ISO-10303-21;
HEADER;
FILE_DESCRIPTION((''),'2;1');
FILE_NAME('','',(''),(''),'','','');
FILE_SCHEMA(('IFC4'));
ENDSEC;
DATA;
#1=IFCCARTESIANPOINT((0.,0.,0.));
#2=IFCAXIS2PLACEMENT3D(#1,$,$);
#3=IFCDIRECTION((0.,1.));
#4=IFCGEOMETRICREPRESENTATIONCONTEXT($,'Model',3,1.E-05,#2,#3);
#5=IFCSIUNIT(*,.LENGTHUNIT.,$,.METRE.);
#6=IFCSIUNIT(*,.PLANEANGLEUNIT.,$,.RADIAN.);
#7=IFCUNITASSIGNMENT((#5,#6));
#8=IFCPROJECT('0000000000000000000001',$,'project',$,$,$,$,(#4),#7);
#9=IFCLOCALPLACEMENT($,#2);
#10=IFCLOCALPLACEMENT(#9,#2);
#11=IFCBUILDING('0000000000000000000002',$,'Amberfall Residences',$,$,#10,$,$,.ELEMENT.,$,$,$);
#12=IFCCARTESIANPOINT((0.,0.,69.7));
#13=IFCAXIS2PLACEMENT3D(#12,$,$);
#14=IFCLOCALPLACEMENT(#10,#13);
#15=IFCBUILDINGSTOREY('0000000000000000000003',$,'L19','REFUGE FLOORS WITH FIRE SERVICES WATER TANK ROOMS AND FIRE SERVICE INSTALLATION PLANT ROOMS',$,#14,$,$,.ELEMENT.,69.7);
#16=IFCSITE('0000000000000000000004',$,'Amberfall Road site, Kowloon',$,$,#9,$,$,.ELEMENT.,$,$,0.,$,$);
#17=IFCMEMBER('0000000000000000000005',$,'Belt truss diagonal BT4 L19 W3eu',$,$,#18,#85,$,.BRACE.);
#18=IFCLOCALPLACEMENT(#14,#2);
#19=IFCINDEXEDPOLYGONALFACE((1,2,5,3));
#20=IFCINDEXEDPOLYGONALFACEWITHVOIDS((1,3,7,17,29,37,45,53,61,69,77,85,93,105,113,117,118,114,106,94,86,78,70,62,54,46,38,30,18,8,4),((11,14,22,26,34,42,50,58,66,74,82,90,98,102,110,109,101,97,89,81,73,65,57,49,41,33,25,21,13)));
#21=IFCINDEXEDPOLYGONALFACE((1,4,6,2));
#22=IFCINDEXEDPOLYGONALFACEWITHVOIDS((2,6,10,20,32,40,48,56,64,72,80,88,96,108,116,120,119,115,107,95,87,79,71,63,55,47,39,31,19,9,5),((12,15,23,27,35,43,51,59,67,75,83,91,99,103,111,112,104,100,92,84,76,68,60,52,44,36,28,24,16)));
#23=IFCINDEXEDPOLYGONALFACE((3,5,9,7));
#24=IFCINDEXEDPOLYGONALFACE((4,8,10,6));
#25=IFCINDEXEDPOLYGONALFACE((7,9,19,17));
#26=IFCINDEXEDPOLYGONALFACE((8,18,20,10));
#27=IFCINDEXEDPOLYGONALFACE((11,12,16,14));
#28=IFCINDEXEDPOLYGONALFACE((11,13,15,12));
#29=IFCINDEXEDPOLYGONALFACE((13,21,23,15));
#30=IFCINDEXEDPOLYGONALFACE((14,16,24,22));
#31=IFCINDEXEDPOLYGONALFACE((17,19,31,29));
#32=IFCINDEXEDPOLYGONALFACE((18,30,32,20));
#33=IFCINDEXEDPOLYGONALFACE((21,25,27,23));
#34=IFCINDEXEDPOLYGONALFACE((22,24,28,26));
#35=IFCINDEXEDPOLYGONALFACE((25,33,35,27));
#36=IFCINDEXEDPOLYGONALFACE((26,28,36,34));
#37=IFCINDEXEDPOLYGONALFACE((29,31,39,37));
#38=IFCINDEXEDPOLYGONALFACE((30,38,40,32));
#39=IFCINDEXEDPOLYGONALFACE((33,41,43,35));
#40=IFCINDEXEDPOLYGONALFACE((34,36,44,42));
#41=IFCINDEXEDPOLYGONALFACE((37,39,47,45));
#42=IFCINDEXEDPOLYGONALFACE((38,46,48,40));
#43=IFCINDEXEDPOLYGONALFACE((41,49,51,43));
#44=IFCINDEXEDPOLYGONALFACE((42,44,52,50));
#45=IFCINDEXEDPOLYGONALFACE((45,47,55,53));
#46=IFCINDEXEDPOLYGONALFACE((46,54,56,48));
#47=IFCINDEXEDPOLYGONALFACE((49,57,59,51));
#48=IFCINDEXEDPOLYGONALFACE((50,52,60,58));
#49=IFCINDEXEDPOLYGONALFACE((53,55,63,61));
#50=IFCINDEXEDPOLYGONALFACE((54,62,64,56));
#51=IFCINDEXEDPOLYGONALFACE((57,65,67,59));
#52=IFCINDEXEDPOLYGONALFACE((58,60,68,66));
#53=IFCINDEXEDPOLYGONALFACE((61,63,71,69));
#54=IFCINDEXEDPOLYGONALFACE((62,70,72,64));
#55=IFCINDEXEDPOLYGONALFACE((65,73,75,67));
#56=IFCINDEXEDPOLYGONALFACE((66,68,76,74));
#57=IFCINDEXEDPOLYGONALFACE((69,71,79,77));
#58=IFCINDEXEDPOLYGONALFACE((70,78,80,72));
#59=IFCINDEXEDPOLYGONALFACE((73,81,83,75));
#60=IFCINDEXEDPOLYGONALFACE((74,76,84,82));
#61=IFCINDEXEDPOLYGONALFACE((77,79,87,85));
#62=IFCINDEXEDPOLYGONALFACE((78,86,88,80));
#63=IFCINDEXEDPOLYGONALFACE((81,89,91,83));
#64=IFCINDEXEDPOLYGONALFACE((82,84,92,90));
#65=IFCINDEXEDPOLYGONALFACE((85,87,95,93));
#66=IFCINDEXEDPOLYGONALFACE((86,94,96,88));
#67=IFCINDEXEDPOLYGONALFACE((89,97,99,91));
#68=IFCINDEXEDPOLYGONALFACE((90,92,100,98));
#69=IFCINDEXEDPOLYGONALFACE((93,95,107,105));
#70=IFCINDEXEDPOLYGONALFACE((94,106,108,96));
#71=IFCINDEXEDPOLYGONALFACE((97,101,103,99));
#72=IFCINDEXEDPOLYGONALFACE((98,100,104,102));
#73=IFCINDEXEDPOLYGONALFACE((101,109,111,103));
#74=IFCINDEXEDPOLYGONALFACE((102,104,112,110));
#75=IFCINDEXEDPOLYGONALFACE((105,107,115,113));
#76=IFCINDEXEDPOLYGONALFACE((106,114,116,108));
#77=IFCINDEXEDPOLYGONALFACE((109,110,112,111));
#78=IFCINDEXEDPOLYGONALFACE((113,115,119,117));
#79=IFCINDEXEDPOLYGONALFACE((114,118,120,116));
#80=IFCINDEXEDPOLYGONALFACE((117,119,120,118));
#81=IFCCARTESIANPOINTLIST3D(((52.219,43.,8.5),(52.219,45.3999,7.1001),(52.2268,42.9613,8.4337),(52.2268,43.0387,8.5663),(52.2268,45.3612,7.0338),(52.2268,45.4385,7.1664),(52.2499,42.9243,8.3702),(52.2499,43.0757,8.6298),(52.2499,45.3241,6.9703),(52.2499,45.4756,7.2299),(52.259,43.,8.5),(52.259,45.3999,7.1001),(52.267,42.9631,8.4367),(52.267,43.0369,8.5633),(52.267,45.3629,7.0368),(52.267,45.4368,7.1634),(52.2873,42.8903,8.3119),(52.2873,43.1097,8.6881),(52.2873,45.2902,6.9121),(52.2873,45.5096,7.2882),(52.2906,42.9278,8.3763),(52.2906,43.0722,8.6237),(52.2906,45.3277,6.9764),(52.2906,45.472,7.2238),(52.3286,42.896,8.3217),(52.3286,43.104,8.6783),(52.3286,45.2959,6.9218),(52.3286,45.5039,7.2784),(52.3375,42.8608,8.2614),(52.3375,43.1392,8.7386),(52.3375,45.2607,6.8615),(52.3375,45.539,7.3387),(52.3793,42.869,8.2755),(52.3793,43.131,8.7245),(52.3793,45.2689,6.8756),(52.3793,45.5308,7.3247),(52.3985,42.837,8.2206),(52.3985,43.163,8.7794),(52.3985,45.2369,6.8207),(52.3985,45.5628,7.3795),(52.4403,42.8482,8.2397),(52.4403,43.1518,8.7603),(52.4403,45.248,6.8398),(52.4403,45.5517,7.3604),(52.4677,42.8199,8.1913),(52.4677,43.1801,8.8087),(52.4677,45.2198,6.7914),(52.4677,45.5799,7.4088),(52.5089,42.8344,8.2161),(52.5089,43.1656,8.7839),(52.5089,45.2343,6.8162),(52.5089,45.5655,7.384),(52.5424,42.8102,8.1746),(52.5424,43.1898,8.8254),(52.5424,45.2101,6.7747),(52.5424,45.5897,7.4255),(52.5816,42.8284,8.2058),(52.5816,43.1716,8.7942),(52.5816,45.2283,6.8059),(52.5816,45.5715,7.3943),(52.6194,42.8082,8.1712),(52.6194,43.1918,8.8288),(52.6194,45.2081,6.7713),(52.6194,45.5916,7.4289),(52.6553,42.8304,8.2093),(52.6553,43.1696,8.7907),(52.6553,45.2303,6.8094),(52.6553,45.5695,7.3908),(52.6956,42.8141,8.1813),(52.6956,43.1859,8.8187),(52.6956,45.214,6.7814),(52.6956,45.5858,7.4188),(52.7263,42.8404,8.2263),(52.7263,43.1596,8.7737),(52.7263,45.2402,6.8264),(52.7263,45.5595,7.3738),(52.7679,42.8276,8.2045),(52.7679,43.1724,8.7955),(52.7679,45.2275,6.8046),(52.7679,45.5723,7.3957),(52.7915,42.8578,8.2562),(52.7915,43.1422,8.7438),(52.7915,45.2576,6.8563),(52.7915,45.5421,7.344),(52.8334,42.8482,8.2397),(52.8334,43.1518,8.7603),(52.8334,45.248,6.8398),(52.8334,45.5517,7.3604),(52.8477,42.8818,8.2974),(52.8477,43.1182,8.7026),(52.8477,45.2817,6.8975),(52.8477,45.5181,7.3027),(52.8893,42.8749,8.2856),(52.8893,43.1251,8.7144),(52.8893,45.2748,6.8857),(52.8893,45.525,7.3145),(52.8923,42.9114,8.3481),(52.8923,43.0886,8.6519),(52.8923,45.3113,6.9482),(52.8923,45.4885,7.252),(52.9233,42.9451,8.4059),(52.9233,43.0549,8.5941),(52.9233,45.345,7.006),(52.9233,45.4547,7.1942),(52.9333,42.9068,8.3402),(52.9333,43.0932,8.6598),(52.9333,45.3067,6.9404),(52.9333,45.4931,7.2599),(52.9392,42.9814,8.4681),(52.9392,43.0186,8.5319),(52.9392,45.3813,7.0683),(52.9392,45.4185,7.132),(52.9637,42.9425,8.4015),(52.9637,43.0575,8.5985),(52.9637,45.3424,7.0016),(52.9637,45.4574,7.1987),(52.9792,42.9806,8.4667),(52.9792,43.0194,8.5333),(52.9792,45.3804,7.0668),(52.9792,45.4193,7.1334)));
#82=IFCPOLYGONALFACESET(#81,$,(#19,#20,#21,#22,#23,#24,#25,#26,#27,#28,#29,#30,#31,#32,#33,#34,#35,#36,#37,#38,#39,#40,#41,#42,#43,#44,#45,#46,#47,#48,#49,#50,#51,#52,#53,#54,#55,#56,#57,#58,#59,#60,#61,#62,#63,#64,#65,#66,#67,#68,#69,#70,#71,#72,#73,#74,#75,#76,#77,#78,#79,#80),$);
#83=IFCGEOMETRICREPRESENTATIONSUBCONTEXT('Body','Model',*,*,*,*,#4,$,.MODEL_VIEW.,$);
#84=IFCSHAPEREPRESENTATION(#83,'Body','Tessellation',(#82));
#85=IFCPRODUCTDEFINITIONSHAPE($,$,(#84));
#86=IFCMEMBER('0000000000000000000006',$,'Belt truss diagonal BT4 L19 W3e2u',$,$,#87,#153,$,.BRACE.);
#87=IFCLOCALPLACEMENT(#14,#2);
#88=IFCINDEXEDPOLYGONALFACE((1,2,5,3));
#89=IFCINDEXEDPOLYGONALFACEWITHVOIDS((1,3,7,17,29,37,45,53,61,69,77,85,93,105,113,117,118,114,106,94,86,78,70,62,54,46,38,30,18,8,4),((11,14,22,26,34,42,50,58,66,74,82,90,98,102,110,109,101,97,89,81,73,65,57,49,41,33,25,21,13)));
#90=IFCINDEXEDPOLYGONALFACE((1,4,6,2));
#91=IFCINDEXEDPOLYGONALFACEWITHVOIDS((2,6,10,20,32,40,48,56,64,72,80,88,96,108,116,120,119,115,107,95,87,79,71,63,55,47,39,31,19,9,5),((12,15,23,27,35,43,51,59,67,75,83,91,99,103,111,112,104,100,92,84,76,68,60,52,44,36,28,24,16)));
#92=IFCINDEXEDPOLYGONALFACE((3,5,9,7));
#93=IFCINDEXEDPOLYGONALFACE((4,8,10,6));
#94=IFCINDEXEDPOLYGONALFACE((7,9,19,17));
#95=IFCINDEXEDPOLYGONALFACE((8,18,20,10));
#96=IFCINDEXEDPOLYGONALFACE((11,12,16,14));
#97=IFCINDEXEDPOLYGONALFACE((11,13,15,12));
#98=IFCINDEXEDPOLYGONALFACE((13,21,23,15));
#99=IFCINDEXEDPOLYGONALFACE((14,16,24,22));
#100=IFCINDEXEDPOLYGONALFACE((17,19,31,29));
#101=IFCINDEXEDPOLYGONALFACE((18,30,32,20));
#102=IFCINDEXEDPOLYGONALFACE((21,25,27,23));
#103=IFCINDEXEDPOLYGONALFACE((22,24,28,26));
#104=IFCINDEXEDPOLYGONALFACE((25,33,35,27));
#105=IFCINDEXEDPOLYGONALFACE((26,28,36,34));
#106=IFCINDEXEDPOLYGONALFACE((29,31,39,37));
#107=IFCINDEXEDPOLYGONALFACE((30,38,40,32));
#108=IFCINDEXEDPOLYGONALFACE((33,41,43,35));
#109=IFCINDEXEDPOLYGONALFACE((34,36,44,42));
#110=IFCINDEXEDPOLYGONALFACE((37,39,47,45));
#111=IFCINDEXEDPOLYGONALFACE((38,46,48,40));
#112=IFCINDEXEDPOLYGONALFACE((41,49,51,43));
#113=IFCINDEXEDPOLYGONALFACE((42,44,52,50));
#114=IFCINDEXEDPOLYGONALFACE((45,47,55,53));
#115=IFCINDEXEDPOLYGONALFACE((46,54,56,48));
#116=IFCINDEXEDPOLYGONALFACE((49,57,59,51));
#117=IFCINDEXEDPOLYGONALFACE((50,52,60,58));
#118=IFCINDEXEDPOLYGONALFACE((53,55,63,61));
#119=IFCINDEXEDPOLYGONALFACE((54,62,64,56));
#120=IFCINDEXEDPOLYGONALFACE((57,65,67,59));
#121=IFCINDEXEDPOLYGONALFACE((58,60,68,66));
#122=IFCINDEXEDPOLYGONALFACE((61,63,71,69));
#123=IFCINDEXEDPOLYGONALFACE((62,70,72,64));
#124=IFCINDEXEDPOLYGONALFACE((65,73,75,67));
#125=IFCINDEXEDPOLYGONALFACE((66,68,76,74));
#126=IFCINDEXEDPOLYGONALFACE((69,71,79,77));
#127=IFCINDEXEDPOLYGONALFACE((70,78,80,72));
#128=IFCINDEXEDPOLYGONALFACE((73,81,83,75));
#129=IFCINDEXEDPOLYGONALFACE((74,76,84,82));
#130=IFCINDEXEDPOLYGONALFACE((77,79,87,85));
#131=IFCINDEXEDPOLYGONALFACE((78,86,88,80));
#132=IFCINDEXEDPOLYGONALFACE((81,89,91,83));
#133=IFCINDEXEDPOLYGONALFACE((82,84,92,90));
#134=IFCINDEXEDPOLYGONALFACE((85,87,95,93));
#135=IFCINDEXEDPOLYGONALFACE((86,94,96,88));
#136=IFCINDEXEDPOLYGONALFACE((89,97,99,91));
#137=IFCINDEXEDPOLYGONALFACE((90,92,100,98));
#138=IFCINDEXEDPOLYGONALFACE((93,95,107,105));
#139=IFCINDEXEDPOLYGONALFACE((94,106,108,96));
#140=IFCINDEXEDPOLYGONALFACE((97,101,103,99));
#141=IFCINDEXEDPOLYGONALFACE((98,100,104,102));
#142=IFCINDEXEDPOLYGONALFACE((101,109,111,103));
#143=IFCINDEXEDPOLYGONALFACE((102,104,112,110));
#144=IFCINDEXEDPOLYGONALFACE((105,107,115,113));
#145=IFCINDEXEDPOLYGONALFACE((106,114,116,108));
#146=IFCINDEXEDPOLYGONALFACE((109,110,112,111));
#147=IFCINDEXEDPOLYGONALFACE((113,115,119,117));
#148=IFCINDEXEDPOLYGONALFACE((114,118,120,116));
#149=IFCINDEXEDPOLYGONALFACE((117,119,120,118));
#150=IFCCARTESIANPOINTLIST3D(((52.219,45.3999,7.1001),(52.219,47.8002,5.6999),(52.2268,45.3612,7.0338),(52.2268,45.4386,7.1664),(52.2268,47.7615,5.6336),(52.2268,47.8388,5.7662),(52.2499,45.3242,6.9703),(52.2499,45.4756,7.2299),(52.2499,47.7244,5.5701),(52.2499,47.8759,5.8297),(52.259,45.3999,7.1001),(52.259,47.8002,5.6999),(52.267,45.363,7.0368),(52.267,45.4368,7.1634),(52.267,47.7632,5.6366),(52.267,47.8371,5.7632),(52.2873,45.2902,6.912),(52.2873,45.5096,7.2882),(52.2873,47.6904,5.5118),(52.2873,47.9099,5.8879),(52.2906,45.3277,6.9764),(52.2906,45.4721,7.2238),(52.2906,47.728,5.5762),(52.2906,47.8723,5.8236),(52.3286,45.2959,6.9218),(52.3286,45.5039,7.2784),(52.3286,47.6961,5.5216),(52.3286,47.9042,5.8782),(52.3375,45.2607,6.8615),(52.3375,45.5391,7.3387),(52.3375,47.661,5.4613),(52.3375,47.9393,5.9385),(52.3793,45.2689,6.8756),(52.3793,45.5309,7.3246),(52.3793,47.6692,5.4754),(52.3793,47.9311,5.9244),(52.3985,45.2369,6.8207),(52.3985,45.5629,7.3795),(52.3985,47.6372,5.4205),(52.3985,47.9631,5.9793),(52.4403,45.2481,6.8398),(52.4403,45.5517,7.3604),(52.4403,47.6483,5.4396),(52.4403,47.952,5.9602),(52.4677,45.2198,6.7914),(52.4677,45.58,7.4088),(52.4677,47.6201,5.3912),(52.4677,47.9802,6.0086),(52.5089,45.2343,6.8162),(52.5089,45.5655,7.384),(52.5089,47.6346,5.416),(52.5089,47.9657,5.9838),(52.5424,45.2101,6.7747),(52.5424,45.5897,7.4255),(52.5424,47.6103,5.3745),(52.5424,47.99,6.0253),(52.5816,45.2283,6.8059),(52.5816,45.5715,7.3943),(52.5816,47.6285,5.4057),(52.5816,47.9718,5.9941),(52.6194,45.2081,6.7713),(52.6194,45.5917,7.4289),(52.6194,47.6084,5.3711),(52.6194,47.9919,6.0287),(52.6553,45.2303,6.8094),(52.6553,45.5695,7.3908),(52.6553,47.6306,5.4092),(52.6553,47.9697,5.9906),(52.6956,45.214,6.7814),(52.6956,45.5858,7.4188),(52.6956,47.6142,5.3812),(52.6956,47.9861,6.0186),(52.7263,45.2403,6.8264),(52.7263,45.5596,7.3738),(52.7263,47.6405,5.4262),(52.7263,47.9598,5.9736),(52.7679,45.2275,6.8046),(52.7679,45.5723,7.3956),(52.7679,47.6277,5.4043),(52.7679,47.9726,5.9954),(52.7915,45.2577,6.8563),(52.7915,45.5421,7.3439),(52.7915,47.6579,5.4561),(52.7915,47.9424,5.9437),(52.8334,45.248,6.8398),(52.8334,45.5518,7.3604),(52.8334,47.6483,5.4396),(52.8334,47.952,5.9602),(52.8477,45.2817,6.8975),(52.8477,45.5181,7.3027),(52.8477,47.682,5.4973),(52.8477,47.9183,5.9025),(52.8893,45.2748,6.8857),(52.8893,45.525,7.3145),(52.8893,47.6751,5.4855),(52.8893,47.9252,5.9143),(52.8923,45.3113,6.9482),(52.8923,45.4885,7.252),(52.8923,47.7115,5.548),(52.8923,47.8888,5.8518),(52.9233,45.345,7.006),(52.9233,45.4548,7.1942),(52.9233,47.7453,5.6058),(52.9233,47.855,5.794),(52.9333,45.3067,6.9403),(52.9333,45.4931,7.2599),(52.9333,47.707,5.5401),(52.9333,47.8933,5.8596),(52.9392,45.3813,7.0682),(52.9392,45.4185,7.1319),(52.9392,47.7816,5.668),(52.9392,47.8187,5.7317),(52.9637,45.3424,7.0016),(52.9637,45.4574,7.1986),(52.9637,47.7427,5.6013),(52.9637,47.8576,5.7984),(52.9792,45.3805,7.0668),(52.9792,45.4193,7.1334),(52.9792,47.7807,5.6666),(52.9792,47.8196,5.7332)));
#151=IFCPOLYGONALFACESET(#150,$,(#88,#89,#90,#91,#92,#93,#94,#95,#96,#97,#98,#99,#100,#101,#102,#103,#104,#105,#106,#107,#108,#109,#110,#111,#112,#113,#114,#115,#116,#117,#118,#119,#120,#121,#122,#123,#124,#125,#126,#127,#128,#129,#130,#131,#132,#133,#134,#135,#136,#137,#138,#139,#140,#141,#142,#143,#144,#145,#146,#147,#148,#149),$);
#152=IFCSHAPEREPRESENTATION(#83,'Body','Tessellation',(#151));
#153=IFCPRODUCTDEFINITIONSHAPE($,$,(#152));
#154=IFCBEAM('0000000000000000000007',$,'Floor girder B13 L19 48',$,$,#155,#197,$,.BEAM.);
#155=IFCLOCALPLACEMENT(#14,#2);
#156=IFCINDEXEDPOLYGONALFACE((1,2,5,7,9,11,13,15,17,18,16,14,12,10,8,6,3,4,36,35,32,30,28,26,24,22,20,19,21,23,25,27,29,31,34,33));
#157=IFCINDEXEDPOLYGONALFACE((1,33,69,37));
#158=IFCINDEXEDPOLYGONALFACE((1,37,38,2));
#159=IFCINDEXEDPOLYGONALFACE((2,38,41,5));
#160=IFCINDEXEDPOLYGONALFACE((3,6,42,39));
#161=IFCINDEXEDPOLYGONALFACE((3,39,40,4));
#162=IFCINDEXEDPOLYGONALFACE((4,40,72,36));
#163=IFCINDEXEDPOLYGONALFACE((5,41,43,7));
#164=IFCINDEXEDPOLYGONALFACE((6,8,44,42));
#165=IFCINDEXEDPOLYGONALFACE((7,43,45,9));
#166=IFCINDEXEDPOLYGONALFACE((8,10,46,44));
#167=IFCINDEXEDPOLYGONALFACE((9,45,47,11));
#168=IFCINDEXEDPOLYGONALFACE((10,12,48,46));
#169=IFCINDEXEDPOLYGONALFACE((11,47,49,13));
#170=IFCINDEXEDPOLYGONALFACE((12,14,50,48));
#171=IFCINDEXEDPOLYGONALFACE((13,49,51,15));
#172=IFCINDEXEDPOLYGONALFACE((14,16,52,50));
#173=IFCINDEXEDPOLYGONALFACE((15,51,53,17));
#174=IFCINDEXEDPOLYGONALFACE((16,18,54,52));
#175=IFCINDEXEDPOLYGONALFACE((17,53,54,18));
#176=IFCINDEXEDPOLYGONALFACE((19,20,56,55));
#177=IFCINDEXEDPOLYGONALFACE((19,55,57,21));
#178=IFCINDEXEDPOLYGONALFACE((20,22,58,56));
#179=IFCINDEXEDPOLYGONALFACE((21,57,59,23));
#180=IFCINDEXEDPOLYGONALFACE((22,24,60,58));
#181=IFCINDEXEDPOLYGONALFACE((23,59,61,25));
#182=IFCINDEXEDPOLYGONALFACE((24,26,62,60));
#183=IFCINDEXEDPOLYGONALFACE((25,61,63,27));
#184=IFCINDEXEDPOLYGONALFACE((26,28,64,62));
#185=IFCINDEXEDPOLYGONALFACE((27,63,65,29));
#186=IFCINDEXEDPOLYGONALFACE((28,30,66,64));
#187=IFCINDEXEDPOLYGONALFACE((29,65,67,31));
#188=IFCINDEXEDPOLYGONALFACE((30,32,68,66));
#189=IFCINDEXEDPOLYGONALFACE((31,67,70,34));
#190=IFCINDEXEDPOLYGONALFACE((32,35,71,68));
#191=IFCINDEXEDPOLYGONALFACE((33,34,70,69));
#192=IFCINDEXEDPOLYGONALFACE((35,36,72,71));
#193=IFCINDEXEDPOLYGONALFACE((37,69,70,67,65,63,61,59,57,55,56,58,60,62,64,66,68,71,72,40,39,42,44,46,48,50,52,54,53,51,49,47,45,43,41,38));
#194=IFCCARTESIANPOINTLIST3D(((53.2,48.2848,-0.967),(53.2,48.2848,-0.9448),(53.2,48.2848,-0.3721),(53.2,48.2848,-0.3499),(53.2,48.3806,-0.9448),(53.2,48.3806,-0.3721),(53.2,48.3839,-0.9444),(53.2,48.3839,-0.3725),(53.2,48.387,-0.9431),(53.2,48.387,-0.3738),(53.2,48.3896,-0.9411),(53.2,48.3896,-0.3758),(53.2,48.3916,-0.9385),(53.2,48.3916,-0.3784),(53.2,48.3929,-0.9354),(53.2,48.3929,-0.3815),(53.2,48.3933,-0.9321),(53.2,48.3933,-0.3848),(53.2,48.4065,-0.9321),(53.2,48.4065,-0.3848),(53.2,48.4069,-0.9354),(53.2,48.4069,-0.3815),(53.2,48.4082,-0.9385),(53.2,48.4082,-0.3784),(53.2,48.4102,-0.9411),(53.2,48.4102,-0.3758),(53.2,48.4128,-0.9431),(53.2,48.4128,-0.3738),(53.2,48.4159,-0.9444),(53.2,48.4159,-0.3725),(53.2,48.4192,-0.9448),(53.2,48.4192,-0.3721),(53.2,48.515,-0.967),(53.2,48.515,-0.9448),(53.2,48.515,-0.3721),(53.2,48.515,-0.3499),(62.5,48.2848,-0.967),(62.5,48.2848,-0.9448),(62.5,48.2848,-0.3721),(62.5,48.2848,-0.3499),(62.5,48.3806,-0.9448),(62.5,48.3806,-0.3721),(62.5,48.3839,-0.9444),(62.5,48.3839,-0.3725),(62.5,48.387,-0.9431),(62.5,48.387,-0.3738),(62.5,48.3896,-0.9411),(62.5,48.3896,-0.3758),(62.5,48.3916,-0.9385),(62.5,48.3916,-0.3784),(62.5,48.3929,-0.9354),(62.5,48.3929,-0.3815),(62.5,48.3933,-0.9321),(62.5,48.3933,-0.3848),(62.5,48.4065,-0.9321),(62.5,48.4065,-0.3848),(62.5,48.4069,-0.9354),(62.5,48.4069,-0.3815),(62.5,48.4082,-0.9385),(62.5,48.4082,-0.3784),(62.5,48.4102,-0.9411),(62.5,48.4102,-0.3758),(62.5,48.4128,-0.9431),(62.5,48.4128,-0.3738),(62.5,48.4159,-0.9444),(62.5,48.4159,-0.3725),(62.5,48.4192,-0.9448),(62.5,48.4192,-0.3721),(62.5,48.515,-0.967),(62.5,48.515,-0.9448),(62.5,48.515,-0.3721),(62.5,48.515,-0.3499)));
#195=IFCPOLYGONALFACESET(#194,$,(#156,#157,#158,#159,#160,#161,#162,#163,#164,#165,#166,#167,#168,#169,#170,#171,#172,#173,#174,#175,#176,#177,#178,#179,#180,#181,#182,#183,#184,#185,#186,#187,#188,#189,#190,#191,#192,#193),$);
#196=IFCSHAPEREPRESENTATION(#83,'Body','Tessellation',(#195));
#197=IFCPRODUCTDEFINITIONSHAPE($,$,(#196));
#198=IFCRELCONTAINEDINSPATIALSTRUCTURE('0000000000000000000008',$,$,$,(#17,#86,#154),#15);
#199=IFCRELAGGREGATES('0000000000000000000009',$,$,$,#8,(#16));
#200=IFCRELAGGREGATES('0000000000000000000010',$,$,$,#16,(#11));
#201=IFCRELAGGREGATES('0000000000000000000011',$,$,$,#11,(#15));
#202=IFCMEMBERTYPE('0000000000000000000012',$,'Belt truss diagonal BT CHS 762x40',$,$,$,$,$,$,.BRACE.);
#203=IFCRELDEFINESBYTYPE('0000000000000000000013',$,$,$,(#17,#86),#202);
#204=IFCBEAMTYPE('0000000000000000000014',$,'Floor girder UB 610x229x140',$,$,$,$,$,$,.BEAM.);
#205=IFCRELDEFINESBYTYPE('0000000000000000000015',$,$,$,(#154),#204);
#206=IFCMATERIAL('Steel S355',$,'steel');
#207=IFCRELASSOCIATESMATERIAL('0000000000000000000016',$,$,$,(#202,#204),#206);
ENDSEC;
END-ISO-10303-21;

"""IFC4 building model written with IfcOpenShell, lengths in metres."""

from ifc_helpers import new_model, si_unit, direction, frame, origin, origin_2d, place, context, subcontext, project, spatial, hollow_circle, i_section, extrude, material, material_profile, profile_set, type_object, element, save


model = new_model("IFC4")

# Units and contexts
model_context = context("Model", 3, precision=1e-05, world=origin(), true_north=direction((0.0, 1.0)))
body_context = subcontext(model_context, "Body", "Model", "MODEL_VIEW")
ifc_project = project(units=[si_unit("LENGTHUNIT", "METRE"), si_unit("PLANEANGLEUNIT", "RADIAN")], contexts=[model_context])

# Site, building, storey
site_placement = place(None, origin())
site = spatial("IfcSite", under=ifc_project, at=site_placement, Name="Amberfall Road site, Kowloon", CompositionType="ELEMENT", RefElevation=0.0)
building_placement = place(site_placement, origin())
building = spatial("IfcBuilding", under=site, at=building_placement, Name="Amberfall Residences", CompositionType="ELEMENT")
storey_placement = place(building_placement, frame((0.0, 0.0, 69.7)))
storey = spatial("IfcBuildingStorey", under=building, at=storey_placement, Name="L19", Description="REFUGE FLOORS WITH FIRE SERVICES WATER TANK ROOMS AND FIRE SERVICE INSTALLATION PLANT ROOMS", CompositionType="ELEMENT", Elevation=69.7)

# Shared definitions
ifc_material_1 = material(Name="Steel S355", Category="steel")

# Members
ifc_material_profile_1 = material_profile(ifc_material_1, hollow_circle(Radius=0.3811, WallThickness=0.04, at=origin_2d()), Name="CHS 762x40")
ifc_profile_set_1 = profile_set([ifc_material_profile_1], Name="Steel S355")
member_type_1 = type_object("IfcMemberType", Name="Belt truss diagonal BT CHS 762x40", PredefinedType="BRACE", material=ifc_profile_set_1)
member_1_placement = place(storey_placement, frame((52.6001, 43.0, 8.5), z_axis=(0.0, 0.863785, -0.50386), x_axis=(-1.0, 0.0, 0.0)))
element("IfcMember", 1, at=member_1_placement, inside=storey, type_object=member_type_1, Name="Belt truss diagonal BT4 L19 W3eu", PredefinedType="BRACE", context=body_context, shape_type="SweptSolid", body=[
    extrude(hollow_circle(Radius=0.3811, WallThickness=0.04, at=origin_2d()), origin(), (0.0, 0.0, 1.0), 2.7783),
])
member_2_placement = place(storey_placement, frame((52.6001, 45.3999, 7.1001), z_axis=(0.0, 0.863769, -0.503887), x_axis=(-1.0, 0.0, 0.0)))
element("IfcMember", 2, at=member_2_placement, inside=storey, type_object=member_type_1, Name="Belt truss diagonal BT4 L19 W3e2u", PredefinedType="BRACE", context=body_context, shape_type="SweptSolid", body=[
    extrude(hollow_circle(Radius=0.3811, WallThickness=0.04, at=origin_2d()), origin(), (0.0, 0.0, 1.0), 2.7788),
])

# Beam
ifc_material_profile_2 = material_profile(ifc_material_1, i_section(OverallWidth=0.2302, OverallDepth=0.6172, WebThickness=0.0132, FlangeThickness=0.0222, FilletRadius=0.0127, at=origin_2d()), Name="UB 610x229x140")
ifc_profile_set_2 = profile_set([ifc_material_profile_2], Name="Steel S355")
beam_type_1 = type_object("IfcBeamType", Name="Floor girder UB 610x229x140", PredefinedType="BEAM", material=ifc_profile_set_2)
beam_placement = place(storey_placement, frame((53.2, 48.3999, -0.6584), z_axis=(1.0, 0.0, 0.0), x_axis=(0.0, 1.0, 0.0)))
element("IfcBeam", 3, at=beam_placement, inside=storey, type_object=beam_type_1, Name="Floor girder B13 L19 48", PredefinedType="BEAM", context=body_context, shape_type="SweptSolid", body=[
    extrude(i_section(OverallWidth=0.2302, OverallDepth=0.6172, WebThickness=0.0132, FlangeThickness=0.0222, FilletRadius=0.0127, at=origin_2d()), origin(), (0.0, 0.0, 1.0), 9.3),
])

save(model, "model.ifc")
